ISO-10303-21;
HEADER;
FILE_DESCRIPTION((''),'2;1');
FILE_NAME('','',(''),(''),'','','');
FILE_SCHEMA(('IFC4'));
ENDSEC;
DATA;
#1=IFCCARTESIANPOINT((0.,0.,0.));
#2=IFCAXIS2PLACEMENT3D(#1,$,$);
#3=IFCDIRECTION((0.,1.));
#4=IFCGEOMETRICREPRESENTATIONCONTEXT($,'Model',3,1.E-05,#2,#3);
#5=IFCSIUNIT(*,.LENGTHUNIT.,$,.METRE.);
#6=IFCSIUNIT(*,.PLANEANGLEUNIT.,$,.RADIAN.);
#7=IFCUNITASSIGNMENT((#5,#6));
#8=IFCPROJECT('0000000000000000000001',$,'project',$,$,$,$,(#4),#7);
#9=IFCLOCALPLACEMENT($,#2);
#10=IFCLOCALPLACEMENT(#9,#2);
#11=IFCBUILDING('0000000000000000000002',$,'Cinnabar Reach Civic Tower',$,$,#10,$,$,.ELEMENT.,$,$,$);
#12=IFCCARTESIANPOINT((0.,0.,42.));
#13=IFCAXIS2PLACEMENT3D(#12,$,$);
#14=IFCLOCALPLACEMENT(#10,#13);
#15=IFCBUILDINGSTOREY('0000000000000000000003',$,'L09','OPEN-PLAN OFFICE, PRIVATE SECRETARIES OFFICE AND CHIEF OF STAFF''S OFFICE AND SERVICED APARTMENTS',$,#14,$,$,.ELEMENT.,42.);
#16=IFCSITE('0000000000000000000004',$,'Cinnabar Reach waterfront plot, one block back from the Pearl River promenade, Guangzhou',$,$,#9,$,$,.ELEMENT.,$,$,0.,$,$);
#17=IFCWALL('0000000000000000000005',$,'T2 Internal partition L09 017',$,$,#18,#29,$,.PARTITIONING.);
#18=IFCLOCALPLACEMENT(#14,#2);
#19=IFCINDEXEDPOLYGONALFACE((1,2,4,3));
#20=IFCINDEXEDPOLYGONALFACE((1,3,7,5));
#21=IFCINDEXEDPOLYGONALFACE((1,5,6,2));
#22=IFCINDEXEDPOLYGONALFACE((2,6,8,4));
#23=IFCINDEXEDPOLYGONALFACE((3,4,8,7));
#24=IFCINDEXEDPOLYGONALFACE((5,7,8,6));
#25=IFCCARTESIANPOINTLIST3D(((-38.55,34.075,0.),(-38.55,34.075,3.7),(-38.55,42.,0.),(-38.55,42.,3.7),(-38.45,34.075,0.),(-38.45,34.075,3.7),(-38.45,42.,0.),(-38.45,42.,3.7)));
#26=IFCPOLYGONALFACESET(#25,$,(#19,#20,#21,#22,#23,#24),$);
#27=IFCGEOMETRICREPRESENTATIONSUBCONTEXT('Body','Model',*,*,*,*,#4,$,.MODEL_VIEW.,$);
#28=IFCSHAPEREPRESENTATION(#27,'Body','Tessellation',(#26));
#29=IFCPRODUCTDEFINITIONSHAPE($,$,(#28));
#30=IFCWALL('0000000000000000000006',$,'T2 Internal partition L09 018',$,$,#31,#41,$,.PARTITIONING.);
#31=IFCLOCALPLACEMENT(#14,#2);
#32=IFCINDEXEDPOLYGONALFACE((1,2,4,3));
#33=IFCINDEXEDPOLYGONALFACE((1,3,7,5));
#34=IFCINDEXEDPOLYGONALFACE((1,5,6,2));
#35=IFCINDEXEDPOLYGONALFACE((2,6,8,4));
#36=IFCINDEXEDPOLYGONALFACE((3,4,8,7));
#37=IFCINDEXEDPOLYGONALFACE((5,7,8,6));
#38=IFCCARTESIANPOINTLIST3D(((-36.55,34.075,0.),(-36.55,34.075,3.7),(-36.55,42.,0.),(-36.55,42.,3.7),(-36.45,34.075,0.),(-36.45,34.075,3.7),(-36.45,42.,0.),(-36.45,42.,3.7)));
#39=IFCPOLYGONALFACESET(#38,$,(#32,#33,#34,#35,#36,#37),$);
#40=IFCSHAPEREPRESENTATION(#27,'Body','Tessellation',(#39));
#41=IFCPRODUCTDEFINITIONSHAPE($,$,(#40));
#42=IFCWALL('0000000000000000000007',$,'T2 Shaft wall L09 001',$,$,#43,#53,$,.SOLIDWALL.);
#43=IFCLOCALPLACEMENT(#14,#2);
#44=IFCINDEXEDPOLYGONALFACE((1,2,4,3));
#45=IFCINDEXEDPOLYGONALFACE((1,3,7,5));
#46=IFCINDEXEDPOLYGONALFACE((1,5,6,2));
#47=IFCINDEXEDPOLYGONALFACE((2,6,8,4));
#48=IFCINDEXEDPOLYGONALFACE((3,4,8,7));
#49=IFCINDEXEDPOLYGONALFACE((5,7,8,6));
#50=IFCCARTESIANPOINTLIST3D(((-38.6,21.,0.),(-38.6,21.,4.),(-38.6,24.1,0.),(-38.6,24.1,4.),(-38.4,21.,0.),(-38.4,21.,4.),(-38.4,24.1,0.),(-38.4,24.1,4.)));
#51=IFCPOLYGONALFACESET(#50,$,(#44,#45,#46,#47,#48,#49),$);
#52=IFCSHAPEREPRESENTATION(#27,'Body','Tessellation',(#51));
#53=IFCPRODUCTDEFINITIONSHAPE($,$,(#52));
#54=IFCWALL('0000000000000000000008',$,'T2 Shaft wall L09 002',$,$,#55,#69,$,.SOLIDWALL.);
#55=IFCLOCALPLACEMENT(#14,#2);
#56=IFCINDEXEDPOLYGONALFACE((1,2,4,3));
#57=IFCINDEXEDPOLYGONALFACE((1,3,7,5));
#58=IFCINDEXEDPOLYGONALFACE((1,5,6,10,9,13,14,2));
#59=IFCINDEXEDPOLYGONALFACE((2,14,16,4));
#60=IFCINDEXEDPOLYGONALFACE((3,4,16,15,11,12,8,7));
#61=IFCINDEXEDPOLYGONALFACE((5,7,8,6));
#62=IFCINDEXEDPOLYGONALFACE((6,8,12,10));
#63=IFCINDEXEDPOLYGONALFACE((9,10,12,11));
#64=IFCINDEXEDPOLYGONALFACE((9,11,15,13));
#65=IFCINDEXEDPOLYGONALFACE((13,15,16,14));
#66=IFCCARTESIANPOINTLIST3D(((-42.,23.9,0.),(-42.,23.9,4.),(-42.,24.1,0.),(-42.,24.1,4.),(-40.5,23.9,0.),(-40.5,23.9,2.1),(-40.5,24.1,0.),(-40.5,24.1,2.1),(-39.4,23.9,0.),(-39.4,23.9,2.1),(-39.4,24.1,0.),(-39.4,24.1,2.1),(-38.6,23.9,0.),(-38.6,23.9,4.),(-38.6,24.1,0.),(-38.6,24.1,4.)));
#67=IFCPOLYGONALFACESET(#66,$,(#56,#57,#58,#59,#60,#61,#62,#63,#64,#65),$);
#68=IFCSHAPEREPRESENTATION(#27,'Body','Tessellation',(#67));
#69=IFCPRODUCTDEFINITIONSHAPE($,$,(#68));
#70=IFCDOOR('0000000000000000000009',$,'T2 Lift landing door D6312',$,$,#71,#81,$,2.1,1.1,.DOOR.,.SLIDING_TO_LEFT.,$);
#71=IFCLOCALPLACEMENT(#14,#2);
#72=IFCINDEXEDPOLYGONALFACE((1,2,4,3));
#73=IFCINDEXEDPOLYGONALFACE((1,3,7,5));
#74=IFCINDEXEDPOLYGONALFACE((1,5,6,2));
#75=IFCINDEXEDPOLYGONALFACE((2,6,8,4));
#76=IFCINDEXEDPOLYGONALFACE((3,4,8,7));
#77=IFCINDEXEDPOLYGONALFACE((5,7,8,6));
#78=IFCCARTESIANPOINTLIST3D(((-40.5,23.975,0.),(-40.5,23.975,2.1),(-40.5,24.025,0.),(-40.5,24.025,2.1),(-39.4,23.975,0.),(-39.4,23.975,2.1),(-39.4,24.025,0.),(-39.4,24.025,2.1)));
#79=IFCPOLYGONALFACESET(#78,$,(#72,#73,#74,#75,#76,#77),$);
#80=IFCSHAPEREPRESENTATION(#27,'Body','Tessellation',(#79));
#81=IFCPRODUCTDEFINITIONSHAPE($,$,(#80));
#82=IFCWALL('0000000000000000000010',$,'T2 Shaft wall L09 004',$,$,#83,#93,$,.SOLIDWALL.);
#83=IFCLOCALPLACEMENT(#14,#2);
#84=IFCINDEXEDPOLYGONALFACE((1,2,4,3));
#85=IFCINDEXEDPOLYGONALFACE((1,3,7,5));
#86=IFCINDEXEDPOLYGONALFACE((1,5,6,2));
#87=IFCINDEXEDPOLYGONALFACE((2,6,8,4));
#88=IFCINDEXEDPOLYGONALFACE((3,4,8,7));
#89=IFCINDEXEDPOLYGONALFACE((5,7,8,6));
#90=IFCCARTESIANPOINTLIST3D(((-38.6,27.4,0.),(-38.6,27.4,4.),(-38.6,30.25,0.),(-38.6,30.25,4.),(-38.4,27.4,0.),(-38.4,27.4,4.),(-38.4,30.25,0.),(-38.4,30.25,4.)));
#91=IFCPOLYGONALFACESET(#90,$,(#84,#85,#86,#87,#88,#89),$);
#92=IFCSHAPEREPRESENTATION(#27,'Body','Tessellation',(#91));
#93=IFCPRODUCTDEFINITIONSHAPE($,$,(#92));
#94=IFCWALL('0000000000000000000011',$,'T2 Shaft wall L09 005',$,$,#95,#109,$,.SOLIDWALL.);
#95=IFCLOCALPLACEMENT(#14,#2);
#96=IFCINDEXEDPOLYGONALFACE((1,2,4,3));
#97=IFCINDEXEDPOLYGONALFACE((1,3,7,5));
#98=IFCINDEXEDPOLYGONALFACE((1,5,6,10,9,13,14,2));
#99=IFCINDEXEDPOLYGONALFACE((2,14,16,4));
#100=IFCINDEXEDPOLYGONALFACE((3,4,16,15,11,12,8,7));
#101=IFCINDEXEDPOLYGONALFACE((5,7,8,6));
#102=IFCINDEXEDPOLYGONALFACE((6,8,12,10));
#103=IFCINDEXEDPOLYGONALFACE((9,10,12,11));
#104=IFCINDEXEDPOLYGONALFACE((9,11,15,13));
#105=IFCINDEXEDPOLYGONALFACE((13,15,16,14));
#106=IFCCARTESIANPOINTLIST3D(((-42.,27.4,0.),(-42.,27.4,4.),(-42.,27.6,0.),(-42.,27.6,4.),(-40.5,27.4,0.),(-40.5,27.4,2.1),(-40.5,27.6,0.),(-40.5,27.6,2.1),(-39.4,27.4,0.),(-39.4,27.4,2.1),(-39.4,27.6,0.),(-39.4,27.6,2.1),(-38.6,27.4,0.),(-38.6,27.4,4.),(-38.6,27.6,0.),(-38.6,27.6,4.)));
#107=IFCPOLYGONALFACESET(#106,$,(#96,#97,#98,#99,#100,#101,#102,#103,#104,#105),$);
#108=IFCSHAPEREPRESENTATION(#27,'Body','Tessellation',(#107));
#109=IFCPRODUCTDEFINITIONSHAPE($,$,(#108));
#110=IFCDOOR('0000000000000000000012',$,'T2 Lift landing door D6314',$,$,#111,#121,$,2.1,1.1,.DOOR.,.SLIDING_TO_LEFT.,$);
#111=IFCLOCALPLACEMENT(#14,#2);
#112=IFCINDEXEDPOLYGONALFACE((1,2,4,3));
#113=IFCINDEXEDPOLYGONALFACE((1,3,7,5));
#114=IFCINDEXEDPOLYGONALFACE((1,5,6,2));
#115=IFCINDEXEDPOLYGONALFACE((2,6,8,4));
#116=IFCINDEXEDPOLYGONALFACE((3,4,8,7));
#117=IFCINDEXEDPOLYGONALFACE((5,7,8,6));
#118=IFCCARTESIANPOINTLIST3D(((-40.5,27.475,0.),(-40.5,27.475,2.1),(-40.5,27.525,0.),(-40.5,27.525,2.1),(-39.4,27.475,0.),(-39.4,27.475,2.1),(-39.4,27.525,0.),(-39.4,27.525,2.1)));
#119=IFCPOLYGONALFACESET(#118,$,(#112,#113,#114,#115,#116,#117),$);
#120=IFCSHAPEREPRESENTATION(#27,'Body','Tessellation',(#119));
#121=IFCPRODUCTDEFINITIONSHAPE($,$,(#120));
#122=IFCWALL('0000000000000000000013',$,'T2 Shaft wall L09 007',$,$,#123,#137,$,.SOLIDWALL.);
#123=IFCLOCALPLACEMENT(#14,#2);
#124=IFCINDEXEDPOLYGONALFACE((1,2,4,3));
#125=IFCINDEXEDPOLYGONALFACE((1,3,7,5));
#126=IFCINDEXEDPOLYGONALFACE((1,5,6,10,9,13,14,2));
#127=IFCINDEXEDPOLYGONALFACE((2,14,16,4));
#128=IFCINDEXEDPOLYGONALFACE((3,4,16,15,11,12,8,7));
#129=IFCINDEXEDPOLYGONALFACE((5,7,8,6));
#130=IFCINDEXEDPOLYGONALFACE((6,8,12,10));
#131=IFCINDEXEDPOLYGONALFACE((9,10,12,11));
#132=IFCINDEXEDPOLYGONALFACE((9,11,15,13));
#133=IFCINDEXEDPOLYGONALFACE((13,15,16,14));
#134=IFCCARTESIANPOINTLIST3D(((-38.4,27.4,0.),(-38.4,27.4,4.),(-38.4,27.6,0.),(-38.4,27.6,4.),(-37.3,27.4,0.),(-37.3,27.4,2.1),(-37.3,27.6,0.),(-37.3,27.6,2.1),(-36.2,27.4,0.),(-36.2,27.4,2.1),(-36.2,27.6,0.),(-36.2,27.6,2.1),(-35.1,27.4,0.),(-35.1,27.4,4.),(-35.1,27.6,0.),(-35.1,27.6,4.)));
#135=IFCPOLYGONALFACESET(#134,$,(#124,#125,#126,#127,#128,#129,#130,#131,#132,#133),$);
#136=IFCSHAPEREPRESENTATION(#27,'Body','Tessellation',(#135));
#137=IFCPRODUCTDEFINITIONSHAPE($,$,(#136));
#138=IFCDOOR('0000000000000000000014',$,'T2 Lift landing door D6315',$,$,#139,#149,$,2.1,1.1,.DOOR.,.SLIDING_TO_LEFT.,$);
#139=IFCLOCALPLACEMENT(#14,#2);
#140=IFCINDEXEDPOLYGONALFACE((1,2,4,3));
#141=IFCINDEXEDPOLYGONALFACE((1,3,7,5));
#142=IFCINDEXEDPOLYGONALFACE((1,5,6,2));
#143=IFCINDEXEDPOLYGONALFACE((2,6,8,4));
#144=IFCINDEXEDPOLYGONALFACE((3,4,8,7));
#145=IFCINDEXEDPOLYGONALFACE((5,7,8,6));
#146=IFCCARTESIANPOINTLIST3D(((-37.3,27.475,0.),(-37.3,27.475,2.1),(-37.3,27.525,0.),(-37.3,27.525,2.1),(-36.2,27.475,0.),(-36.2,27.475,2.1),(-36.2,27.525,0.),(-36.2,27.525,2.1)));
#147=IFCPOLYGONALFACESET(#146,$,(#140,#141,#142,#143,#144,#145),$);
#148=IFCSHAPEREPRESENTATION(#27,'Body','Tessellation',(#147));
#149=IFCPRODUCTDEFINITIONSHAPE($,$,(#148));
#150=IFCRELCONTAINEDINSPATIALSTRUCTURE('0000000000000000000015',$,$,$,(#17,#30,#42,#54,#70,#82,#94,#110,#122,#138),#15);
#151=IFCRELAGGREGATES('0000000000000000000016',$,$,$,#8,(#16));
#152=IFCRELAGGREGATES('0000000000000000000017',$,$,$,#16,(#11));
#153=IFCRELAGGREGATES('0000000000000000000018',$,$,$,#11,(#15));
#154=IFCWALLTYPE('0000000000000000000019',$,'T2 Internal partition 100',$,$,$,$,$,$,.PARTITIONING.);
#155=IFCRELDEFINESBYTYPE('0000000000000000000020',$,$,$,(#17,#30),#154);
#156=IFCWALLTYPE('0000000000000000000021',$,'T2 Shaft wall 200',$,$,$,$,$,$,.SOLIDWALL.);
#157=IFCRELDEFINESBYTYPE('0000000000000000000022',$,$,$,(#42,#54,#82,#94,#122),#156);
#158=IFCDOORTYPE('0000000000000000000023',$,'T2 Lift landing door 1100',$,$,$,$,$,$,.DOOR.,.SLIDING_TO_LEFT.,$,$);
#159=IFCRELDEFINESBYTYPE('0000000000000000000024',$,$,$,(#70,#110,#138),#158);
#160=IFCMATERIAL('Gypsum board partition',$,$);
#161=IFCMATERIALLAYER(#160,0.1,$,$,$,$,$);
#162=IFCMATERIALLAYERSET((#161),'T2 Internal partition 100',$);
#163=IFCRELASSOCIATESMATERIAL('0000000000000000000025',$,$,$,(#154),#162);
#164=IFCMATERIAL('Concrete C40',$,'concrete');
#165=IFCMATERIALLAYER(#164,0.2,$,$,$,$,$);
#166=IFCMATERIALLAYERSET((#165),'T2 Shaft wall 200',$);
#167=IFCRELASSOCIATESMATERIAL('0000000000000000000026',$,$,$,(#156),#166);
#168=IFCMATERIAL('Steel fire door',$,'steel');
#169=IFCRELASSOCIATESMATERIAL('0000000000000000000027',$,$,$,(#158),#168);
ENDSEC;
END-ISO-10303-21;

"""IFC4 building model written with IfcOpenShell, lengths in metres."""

from ifc_helpers import new_model, si_unit, direction, frame, frame_2d, origin, place, context, subcontext, project, spatial, rectangle, extrude, material, layer, layer_set, type_object, element, fill, save


model = new_model("IFC4")

# Units and contexts
model_context = context("Model", 3, precision=1e-05, world=origin(), true_north=direction((0.0, 1.0)))
body_context = subcontext(model_context, "Body", "Model", "MODEL_VIEW")
ifc_project = project(units=[si_unit("LENGTHUNIT", "METRE"), si_unit("PLANEANGLEUNIT", "RADIAN")], contexts=[model_context])

# Site, building, storey
site_placement = place(None, origin())
site = spatial("IfcSite", under=ifc_project, at=site_placement, Name="Cinnabar Reach waterfront plot, one block back from the Pearl River promenade, Guangzhou", CompositionType="ELEMENT", RefElevation=0.0)
building_placement = place(site_placement, origin())
building = spatial("IfcBuilding", under=site, at=building_placement, Name="Cinnabar Reach Civic Tower", CompositionType="ELEMENT")
storey_placement = place(building_placement, frame((0.0, 0.0, 42.0)))
storey = spatial("IfcBuildingStorey", under=building, at=storey_placement, Name="L09", Description="OPEN-PLAN OFFICE, PRIVATE SECRETARIES OFFICE AND CHIEF OF STAFF'S OFFICE AND SERVICED APARTMENTS", CompositionType="ELEMENT", Elevation=42.0)

# Shared definitions
ifc_material_1 = material(Name="Steel fire door", Category="steel")

# Walls
ifc_material_2 = material(Name="Gypsum board partition")
ifc_layer_1 = layer(ifc_material_2, 0.1)
ifc_layer_set_1 = layer_set([ifc_layer_1], Name="T2 Internal partition 100")
wall_type_1 = type_object("IfcWallType", Name="T2 Internal partition 100", PredefinedType="PARTITIONING", material=ifc_layer_set_1)
for number, where, z_axis, x_axis, name in (
    (1, (-38.5, 34.075, 0.0), (0.0, 0.0, 1.0), (0.0, 1.0, 0.0), "T2 Internal partition L09 017"),
    (2, (-36.5, 34.075, 0.0), (0.0, 0.0, 1.0), (0.0, 1.0, 0.0), "T2 Internal partition L09 018"),
):
    element("IfcWall", number, at=place(storey_placement, frame(where, z_axis=z_axis, x_axis=x_axis)), inside=storey, type_object=wall_type_1, Name=name, PredefinedType="PARTITIONING", context=body_context, shape_type="SweptSolid", body=[
        extrude(rectangle(XDim=7.925, YDim=0.1, at=frame_2d((3.9625, 0.0))), origin(), (0.0, 0.0, 1.0), 3.7),
    ])
ifc_material_3 = material(Name="Concrete C40", Category="concrete")
ifc_layer_2 = layer(ifc_material_3, 0.2)
ifc_layer_set_2 = layer_set([ifc_layer_2], Name="T2 Shaft wall 200")
wall_type_2 = type_object("IfcWallType", Name="T2 Shaft wall 200", PredefinedType="SOLIDWALL", material=ifc_layer_set_2)
wall_1_placement = place(storey_placement, frame((-38.5, 21.0, 0.0), z_axis=(0.0, 0.0, 1.0), x_axis=(0.0, 1.0, 0.0)))
element("IfcWall", 3, at=wall_1_placement, inside=storey, type_object=wall_type_2, Name="T2 Shaft wall L09 001", PredefinedType="SOLIDWALL", context=body_context, shape_type="SweptSolid", body=[
    extrude(rectangle(XDim=3.1, YDim=0.2, at=frame_2d((1.55, 0.0))), origin(), (0.0, 0.0, 1.0), 4.0),
])

# Wall, opening, door
wall_2_placement = place(storey_placement, frame((-38.6, 24.0, 0.0), z_axis=(0.0, 0.0, 1.0), x_axis=(-1.0, 0.0, 0.0)))
wall_2 = element("IfcWall", 4, at=wall_2_placement, inside=storey, type_object=wall_type_2, Name="T2 Shaft wall L09 002", PredefinedType="SOLIDWALL", context=body_context, shape_type="SweptSolid", body=[
    extrude(rectangle(XDim=3.4, YDim=0.2, at=frame_2d((1.7, 0.0))), origin(), (0.0, 0.0, 1.0), 4.0),
])
opening_1_placement = place(wall_2_placement, frame((0.8, 0.0, 0.0)))
opening_1 = element("IfcOpeningElement", 5, at=opening_1_placement, cuts=wall_2, PredefinedType="OPENING", context=body_context, shape_type="SweptSolid", body=[
    extrude(rectangle(XDim=1.1, YDim=2.1, at=frame_2d((0.55, 1.05))), frame((0.0, 0.11, 0.0), z_axis=(0.0, -1.0, 0.0), x_axis=(1.0, 0.0, 0.0)), (0.0, 0.0, 1.0), 0.22),
])
door_type_1 = type_object("IfcDoorType", Name="T2 Lift landing door 1100", OperationType="SLIDING_TO_LEFT", PredefinedType="DOOR", material=ifc_material_1)
door_1_placement = place(opening_1_placement, origin())
door_1 = element("IfcDoor", 6, at=door_1_placement, inside=storey, type_object=door_type_1, Name="T2 Lift landing door D6312", OperationType="SLIDING_TO_LEFT", OverallHeight=2.1, OverallWidth=1.1, PredefinedType="DOOR", context=body_context, shape_type="SweptSolid", body=[
    extrude(rectangle(XDim=1.1, YDim=2.1, at=frame_2d((0.55, 1.05))), frame((0.0, 0.025, 0.0), z_axis=(0.0, -1.0, 0.0), x_axis=(1.0, 0.0, 0.0)), (0.0, 0.0, 1.0), 0.05),
])
fill(opening_1, door_1)

# Wall
wall_3_placement = place(storey_placement, frame((-38.5, 27.4, 0.0), z_axis=(0.0, 0.0, 1.0), x_axis=(0.0, 1.0, 0.0)))
element("IfcWall", 7, at=wall_3_placement, inside=storey, type_object=wall_type_2, Name="T2 Shaft wall L09 004", PredefinedType="SOLIDWALL", context=body_context, shape_type="SweptSolid", body=[
    extrude(rectangle(XDim=2.85, YDim=0.2, at=frame_2d((1.425, 0.0))), origin(), (0.0, 0.0, 1.0), 4.0),
])

# Walls, openings, doors
wall_4_placement = place(storey_placement, frame((-42.0, 27.5, 0.0), z_axis=(0.0, 0.0, 1.0), x_axis=(1.0, 0.0, 0.0)))
wall_4 = element("IfcWall", 8, at=wall_4_placement, inside=storey, type_object=wall_type_2, Name="T2 Shaft wall L09 005", PredefinedType="SOLIDWALL", context=body_context, shape_type="SweptSolid", body=[
    extrude(rectangle(XDim=3.4, YDim=0.2, at=frame_2d((1.7, 0.0))), origin(), (0.0, 0.0, 1.0), 4.0),
])
opening_2_placement = place(wall_4_placement, frame((1.5, 0.0, 0.0)))
opening_2 = element("IfcOpeningElement", 9, at=opening_2_placement, cuts=wall_4, PredefinedType="OPENING", context=body_context, shape_type="SweptSolid", body=[
    extrude(rectangle(XDim=1.1, YDim=2.1, at=frame_2d((0.55, 1.05))), frame((0.0, 0.11, 0.0), z_axis=(0.0, -1.0, 0.0), x_axis=(1.0, 0.0, 0.0)), (0.0, 0.0, 1.0), 0.22),
])
door_2_placement = place(opening_2_placement, origin())
door_2 = element("IfcDoor", 10, at=door_2_placement, inside=storey, type_object=door_type_1, Name="T2 Lift landing door D6314", OperationType="SLIDING_TO_LEFT", OverallHeight=2.1, OverallWidth=1.1, PredefinedType="DOOR", context=body_context, shape_type="SweptSolid", body=[
    extrude(rectangle(XDim=1.1, YDim=2.1, at=frame_2d((0.55, 1.05))), frame((0.0, 0.025, 0.0), z_axis=(0.0, -1.0, 0.0), x_axis=(1.0, 0.0, 0.0)), (0.0, 0.0, 1.0), 0.05),
])
fill(opening_2, door_2)
wall_5_placement = place(storey_placement, frame((-38.4, 27.5, 0.0), z_axis=(0.0, 0.0, 1.0), x_axis=(1.0, 0.0, 0.0)))
wall_5 = element("IfcWall", 11, at=wall_5_placement, inside=storey, type_object=wall_type_2, Name="T2 Shaft wall L09 007", PredefinedType="SOLIDWALL", context=body_context, shape_type="SweptSolid", body=[
    extrude(rectangle(XDim=3.3, YDim=0.2, at=frame_2d((1.65, 0.0))), origin(), (0.0, 0.0, 1.0), 4.0),
])
opening_3_placement = place(wall_5_placement, frame((1.1, 0.0, 0.0)))
opening_3 = element("IfcOpeningElement", 12, at=opening_3_placement, cuts=wall_5, PredefinedType="OPENING", context=body_context, shape_type="SweptSolid", body=[
    extrude(rectangle(XDim=1.1, YDim=2.1, at=frame_2d((0.55, 1.05))), frame((0.0, 0.11, 0.0), z_axis=(0.0, -1.0, 0.0), x_axis=(1.0, 0.0, 0.0)), (0.0, 0.0, 1.0), 0.22),
])
door_3_placement = place(opening_3_placement, origin())
door_3 = element("IfcDoor", 13, at=door_3_placement, inside=storey, type_object=door_type_1, Name="T2 Lift landing door D6315", OperationType="SLIDING_TO_LEFT", OverallHeight=2.1, OverallWidth=1.1, PredefinedType="DOOR", context=body_context, shape_type="SweptSolid", body=[
    extrude(rectangle(XDim=1.1, YDim=2.1, at=frame_2d((0.55, 1.05))), frame((0.0, 0.025, 0.0), z_axis=(0.0, -1.0, 0.0), x_axis=(1.0, 0.0, 0.0)), (0.0, 0.0, 1.0), 0.05),
])
fill(opening_3, door_3)

save(model, "model.ifc")
